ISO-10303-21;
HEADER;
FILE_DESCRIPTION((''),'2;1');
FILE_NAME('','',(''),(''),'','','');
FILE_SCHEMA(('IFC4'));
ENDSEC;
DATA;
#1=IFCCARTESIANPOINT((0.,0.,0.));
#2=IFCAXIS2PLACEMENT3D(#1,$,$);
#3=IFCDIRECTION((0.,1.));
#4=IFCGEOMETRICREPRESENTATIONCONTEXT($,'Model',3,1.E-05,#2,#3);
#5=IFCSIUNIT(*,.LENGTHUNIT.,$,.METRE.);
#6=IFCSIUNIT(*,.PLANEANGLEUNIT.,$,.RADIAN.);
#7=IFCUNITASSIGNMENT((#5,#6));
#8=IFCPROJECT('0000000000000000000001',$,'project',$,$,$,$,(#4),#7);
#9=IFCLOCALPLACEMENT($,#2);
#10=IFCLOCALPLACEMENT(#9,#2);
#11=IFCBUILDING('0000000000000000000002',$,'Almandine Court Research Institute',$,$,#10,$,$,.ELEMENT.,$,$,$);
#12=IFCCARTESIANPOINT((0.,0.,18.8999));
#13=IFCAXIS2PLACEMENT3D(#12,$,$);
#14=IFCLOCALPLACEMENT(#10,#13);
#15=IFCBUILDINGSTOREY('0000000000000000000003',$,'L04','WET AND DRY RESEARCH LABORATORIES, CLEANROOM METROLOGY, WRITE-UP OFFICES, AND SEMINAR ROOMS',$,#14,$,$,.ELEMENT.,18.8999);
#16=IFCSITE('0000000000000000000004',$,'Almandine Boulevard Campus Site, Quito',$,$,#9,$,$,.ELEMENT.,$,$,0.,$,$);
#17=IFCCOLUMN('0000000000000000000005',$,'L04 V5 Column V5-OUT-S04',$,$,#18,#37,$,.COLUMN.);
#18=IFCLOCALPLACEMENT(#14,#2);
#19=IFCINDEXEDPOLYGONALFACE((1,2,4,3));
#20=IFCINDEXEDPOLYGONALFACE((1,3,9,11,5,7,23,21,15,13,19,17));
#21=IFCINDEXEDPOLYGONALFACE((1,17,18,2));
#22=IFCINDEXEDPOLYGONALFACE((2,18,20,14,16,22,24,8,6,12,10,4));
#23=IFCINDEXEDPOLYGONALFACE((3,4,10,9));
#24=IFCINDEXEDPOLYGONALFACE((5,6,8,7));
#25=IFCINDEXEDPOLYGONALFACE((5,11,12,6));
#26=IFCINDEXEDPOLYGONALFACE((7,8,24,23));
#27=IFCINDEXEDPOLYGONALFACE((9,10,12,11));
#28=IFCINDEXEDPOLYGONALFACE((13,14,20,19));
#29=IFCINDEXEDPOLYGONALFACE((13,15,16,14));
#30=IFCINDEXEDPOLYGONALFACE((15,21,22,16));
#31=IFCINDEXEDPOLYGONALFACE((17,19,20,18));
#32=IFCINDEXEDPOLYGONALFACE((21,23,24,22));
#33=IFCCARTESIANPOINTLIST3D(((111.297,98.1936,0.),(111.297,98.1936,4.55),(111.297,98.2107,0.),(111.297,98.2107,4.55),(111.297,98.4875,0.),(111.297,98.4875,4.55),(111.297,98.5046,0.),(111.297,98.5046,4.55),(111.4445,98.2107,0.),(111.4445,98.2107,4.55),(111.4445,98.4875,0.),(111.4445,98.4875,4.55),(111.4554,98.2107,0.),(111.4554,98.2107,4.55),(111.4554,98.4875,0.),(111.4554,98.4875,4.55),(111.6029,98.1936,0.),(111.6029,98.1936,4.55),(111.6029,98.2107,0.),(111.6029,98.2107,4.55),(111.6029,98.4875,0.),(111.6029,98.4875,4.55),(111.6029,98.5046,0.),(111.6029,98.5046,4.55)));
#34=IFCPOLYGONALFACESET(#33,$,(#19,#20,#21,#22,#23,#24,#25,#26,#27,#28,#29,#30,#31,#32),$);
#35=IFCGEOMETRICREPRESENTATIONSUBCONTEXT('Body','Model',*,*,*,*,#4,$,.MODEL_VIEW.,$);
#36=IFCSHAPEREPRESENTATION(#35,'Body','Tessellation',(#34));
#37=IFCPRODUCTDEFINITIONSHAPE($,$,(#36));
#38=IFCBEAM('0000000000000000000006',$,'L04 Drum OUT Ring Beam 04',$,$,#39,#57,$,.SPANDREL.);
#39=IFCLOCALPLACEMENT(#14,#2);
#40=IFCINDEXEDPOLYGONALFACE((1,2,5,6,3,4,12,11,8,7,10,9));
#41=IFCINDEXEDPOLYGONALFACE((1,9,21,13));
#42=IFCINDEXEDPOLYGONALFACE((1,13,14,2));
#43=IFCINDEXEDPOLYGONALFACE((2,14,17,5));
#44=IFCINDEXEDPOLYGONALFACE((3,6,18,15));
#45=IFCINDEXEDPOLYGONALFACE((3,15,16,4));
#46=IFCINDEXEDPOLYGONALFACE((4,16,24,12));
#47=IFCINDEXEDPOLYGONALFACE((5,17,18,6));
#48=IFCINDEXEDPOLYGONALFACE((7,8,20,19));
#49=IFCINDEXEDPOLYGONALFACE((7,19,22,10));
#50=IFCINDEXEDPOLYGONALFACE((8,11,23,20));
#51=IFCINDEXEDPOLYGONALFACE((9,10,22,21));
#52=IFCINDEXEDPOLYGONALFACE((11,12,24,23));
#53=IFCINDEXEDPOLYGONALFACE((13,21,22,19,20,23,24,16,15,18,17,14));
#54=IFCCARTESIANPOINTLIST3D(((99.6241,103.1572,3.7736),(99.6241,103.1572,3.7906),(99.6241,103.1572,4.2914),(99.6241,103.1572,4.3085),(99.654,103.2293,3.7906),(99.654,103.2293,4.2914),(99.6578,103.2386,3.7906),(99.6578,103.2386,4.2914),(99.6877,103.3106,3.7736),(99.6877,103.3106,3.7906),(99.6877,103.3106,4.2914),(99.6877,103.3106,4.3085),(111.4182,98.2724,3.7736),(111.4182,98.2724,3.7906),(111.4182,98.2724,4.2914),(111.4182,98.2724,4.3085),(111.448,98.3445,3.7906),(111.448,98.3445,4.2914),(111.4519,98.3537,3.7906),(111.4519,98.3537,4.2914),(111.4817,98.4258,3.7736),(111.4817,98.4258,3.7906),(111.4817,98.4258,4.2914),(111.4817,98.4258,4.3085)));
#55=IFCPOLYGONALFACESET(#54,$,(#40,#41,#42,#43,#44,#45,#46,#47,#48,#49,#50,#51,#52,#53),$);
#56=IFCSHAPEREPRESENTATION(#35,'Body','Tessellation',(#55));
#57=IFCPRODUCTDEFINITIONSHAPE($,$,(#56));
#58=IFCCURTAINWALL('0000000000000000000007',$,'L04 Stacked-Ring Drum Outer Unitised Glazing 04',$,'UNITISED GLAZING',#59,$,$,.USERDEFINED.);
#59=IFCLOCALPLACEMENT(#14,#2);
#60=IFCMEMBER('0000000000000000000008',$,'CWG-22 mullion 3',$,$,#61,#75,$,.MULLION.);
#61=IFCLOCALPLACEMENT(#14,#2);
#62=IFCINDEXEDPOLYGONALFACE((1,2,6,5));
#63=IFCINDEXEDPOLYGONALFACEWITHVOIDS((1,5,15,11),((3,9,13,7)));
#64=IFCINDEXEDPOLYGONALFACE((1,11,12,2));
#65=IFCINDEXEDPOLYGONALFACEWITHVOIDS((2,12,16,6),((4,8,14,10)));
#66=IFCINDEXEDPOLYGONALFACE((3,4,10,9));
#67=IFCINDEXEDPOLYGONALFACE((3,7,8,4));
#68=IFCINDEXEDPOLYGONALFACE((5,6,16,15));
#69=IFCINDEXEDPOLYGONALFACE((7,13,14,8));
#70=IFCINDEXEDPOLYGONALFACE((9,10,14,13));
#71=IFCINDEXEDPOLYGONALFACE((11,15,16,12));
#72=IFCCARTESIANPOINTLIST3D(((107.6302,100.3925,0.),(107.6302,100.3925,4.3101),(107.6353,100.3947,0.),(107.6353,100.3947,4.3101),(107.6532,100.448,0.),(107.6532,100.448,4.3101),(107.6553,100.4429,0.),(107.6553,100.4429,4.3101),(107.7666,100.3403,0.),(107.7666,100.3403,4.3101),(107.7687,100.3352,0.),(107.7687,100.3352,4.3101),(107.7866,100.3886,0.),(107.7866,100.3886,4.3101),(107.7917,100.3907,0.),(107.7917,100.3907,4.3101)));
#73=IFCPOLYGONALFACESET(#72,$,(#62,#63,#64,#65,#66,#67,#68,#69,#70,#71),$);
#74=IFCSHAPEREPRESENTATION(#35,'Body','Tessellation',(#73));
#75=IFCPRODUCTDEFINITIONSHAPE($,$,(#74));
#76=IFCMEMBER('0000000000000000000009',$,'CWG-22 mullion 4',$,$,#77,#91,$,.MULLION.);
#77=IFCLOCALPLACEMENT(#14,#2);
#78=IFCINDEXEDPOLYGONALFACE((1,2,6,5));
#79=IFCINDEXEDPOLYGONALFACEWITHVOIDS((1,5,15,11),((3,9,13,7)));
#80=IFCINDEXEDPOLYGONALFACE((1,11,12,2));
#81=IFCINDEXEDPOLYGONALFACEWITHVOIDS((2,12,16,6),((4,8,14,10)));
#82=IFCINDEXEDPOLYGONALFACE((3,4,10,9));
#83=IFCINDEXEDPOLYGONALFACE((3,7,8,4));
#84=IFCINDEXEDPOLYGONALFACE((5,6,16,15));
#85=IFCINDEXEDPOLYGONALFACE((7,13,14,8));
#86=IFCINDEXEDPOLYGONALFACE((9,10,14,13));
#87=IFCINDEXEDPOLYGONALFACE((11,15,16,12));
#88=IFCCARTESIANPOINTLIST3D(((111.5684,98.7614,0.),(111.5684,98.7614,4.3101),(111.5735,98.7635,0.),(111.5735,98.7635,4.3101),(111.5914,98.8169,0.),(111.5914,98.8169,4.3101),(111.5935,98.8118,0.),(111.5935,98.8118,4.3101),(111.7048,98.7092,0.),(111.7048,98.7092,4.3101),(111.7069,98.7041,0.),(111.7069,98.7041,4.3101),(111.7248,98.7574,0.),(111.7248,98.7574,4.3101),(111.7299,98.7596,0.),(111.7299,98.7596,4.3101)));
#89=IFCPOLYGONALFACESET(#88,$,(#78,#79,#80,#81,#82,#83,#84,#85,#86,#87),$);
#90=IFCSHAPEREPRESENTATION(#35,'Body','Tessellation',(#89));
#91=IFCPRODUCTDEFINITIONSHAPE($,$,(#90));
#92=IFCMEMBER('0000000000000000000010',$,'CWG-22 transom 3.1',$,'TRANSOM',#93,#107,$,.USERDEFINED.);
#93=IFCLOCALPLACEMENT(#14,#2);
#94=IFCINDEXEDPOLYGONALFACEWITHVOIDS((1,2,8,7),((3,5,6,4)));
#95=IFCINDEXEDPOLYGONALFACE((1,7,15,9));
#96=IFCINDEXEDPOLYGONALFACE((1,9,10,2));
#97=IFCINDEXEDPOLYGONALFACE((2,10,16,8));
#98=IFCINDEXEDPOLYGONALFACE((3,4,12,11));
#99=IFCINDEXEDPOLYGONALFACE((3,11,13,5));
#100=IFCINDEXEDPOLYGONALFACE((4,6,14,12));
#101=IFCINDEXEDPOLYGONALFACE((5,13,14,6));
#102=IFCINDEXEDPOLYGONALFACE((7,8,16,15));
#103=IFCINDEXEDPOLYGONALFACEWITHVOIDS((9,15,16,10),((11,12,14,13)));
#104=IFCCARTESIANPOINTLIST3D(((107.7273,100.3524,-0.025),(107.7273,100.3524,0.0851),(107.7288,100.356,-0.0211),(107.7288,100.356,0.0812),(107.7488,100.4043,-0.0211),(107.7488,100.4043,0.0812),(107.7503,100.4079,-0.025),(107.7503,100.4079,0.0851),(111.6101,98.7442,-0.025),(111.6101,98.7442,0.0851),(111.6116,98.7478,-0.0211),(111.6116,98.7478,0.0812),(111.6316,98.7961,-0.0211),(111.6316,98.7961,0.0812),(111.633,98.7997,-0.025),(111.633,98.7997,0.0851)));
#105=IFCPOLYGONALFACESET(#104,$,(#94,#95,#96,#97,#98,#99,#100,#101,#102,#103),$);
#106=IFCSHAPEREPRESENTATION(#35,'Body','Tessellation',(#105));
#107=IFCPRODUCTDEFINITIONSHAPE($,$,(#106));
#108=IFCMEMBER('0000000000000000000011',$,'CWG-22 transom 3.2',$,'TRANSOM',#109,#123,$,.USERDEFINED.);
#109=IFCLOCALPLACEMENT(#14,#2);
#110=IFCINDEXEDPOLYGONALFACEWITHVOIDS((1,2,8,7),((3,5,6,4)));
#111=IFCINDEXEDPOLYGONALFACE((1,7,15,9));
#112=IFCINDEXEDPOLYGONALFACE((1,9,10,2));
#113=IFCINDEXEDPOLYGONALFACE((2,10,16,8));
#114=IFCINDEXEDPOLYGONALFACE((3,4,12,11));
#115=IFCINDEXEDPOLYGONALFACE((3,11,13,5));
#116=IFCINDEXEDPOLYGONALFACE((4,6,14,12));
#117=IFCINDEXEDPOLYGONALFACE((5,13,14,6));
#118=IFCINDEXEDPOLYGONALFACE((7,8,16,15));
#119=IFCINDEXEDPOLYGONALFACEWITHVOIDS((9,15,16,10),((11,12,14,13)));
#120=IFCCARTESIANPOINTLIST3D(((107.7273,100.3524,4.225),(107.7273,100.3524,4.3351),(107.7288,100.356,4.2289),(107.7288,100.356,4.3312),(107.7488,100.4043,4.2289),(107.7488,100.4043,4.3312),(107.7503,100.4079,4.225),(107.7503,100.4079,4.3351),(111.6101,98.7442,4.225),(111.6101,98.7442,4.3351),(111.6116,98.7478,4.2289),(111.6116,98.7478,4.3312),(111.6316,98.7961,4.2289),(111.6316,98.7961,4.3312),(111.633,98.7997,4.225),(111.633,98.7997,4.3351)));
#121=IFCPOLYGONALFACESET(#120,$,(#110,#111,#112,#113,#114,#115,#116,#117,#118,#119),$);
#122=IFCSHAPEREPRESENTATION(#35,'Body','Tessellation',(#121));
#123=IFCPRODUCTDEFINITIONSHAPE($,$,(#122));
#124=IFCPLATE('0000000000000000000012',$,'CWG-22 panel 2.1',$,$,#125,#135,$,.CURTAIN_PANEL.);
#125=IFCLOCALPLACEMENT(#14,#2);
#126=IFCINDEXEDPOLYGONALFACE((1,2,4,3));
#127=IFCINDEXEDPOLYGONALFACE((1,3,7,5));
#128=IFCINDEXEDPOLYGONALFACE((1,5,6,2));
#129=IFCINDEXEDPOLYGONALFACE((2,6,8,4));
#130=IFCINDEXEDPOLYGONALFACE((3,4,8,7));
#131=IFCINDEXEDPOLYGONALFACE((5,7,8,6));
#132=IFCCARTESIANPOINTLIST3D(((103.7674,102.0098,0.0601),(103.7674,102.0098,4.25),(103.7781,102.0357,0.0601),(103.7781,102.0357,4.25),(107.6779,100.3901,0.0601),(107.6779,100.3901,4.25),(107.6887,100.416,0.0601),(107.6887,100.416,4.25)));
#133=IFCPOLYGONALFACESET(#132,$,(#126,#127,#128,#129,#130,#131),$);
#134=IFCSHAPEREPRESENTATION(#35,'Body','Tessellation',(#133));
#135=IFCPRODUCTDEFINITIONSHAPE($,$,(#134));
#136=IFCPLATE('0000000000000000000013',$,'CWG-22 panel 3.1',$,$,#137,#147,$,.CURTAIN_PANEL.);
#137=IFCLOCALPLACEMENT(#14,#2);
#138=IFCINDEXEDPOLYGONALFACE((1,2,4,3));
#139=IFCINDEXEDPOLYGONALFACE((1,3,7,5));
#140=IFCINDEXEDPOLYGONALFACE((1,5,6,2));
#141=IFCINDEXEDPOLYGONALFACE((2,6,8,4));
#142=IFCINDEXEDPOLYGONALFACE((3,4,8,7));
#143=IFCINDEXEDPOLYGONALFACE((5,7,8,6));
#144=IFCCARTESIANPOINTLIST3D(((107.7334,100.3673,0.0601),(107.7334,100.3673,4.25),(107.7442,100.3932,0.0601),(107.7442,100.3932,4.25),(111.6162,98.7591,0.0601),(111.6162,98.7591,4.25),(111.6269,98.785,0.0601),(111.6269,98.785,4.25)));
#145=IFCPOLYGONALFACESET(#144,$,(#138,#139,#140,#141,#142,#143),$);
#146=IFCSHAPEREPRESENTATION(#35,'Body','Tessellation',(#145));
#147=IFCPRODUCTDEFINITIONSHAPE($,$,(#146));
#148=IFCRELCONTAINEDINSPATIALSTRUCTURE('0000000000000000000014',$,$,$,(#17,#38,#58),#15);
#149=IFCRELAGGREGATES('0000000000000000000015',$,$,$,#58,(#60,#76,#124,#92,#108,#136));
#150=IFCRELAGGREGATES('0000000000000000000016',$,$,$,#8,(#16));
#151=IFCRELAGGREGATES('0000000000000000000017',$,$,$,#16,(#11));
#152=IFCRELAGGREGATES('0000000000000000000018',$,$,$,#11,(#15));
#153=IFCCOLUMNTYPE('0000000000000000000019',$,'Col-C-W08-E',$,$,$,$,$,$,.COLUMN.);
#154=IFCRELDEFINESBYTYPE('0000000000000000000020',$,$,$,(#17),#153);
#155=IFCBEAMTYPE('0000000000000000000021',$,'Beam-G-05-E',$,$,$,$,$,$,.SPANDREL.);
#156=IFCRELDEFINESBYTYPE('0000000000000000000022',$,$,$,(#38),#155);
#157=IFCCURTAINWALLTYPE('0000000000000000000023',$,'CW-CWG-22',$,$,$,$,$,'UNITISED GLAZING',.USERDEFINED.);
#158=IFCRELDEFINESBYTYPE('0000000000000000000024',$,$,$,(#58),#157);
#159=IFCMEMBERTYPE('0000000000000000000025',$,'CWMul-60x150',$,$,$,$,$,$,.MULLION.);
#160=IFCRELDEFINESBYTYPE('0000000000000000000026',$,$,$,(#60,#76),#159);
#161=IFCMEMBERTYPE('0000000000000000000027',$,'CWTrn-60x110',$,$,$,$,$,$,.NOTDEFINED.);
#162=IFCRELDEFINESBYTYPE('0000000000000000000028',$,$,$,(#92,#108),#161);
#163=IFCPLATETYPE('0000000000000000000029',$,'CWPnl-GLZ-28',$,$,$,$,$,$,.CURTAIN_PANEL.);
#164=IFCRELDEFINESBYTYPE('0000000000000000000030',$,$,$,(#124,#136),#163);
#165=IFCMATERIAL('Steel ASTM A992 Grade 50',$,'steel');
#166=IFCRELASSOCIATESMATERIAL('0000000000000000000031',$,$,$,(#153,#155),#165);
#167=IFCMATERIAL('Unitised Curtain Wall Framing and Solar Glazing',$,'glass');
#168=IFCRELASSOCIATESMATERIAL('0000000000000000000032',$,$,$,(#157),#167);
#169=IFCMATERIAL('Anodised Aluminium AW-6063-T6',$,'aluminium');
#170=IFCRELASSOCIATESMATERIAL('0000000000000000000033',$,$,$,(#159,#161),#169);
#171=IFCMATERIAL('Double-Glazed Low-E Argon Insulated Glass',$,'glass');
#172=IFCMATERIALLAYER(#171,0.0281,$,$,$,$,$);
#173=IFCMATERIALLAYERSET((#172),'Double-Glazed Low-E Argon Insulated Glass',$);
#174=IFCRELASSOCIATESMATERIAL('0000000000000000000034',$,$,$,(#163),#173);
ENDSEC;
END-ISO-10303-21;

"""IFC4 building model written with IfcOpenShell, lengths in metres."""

from ifc_helpers import new_model, si_unit, direction, frame, origin, origin_2d, place, context, subcontext, project, spatial, rectangle, hollow_rectangle, i_section, extrude, material, layer, layer_set, material_profile, profile_set, type_object, element, aggregate, save


model = new_model("IFC4")

# Units and contexts
model_context = context("Model", 3, precision=1e-05, world=origin(), true_north=direction((0.0, 1.0)))
body_context = subcontext(model_context, "Body", "Model", "MODEL_VIEW")
ifc_project = project(units=[si_unit("LENGTHUNIT", "METRE"), si_unit("PLANEANGLEUNIT", "RADIAN")], contexts=[model_context])

# Site, building, storey
site_placement = place(None, origin())
site = spatial("IfcSite", under=ifc_project, at=site_placement, Name="Almandine Boulevard Campus Site, Quito", CompositionType="ELEMENT", RefElevation=0.0)
building_placement = place(site_placement, origin())
building = spatial("IfcBuilding", under=site, at=building_placement, Name="Almandine Court Research Institute", CompositionType="ELEMENT")
storey_placement = place(building_placement, frame((0.0, 0.0, 18.8999)))
storey = spatial("IfcBuildingStorey", under=building, at=storey_placement, Name="L04", Description="WET AND DRY RESEARCH LABORATORIES, CLEANROOM METROLOGY, WRITE-UP OFFICES, AND SEMINAR ROOMS", CompositionType="ELEMENT", Elevation=18.8999)

# Column
ifc_material_1 = material(Name="Steel ASTM A992 Grade 50", Category="steel")
ifc_material_profile_1 = material_profile(ifc_material_1, i_section(OverallWidth=0.3059, OverallDepth=0.311, WebThickness=0.011, FlangeThickness=0.0171, at=origin_2d()), Name="W310x107")
ifc_profile_set_1 = profile_set([ifc_material_profile_1], Name="Steel ASTM A992 Grade 50")
column_type = type_object("IfcColumnType", Name="Col-C-W08-E", PredefinedType="COLUMN", material=ifc_profile_set_1)
column_placement = place(storey_placement, frame((111.45, 98.3491, 0.0), z_axis=(0.0, 0.0, 1.0), x_axis=(1.0, 0.0, 0.0)))
element("IfcColumn", 1, at=column_placement, inside=storey, type_object=column_type, Name="L04 V5 Column V5-OUT-S04", PredefinedType="COLUMN", context=body_context, shape_type="SweptSolid", body=[
    extrude(i_section(OverallWidth=0.3059, OverallDepth=0.311, WebThickness=0.011, FlangeThickness=0.0171, at=origin_2d()), origin(), (0.0, 0.0, 1.0), 4.55),
])

# Beam
ifc_material_profile_2 = material_profile(ifc_material_1, i_section(OverallWidth=0.166, OverallDepth=0.5349, WebThickness=0.01, FlangeThickness=0.0171, at=origin_2d()), Name="W530x85")
ifc_profile_set_2 = profile_set([ifc_material_profile_2], Name="Steel ASTM A992 Grade 50")
beam_type = type_object("IfcBeamType", Name="Beam-G-05-E", PredefinedType="SPANDREL", material=ifc_profile_set_2)
beam_placement = place(storey_placement, frame((111.45, 98.3491, 4.041), z_axis=(-0.923892, 0.382654, 0.0), x_axis=(-0.382654, -0.923892, 0.0)))
element("IfcBeam", 2, at=beam_placement, inside=storey, type_object=beam_type, Name="L04 Drum OUT Ring Beam 04", PredefinedType="SPANDREL", context=body_context, shape_type="SweptSolid", body=[
    extrude(i_section(OverallWidth=0.166, OverallDepth=0.5349, WebThickness=0.01, FlangeThickness=0.0171, at=origin_2d()), origin(), (0.0, 0.0, 1.0), 12.7656),
])

# Curtain wall, members, plates
ifc_material_2 = material(Name="Unitised Curtain Wall Framing and Solar Glazing", Category="glass")
curtain_wall_type = type_object("IfcCurtainWallType", Name="CW-CWG-22", ElementType="UNITISED GLAZING", PredefinedType="USERDEFINED", material=ifc_material_2)
curtain_wall_placement = place(storey_placement, origin())
curtain_wall = element("IfcCurtainWall", 3, at=curtain_wall_placement, inside=storey, type_object=curtain_wall_type, Name="L04 Stacked-Ring Drum Outer Unitised Glazing 04", ObjectType="UNITISED GLAZING", PredefinedType="USERDEFINED")
ifc_material_3 = material(Name="Anodised Aluminium AW-6063-T6", Category="aluminium")
ifc_material_profile_3 = material_profile(ifc_material_3, hollow_rectangle(XDim=0.0601, YDim=0.1499, WallThickness=0.0039, at=origin_2d()), Name="ALU RHS 60x150x4")
ifc_profile_set_3 = profile_set([ifc_material_profile_3], Name="Anodised Aluminium AW-6063-T6")
member_type_1 = type_object("IfcMemberType", Name="CWMul-60x150", PredefinedType="MULLION", material=ifc_profile_set_3)
member_1_placement = place(storey_placement, frame((107.7109, 100.3916, 0.0), z_axis=(0.0, 0.0, 1.0), x_axis=(0.382663, 0.923888, 0.0)))
member_1 = element("IfcMember", 4, at=member_1_placement, type_object=member_type_1, Name="CWG-22 mullion 3", PredefinedType="MULLION", context=body_context, shape_type="SweptSolid", body=[
    extrude(hollow_rectangle(XDim=0.0601, YDim=0.1499, WallThickness=0.0039, at=origin_2d()), origin(), (0.0, 0.0, 1.0), 4.3101),
])
member_2_placement = place(storey_placement, frame((111.6492, 98.7605, 0.0), z_axis=(0.0, 0.0, 1.0), x_axis=(0.382663, 0.923888, 0.0)))
member_2 = element("IfcMember", 5, at=member_2_placement, type_object=member_type_1, Name="CWG-22 mullion 4", PredefinedType="MULLION", context=body_context, shape_type="SweptSolid", body=[
    extrude(hollow_rectangle(XDim=0.0601, YDim=0.1499, WallThickness=0.0039, at=origin_2d()), origin(), (0.0, 0.0, 1.0), 4.3101),
])
ifc_material_profile_4 = material_profile(ifc_material_3, hollow_rectangle(XDim=0.0601, YDim=0.1101, WallThickness=0.0039, at=origin_2d()), Name="ALU RHS 60x110x4")
ifc_profile_set_4 = profile_set([ifc_material_profile_4], Name="Anodised Aluminium AW-6063-T6")
member_type_2 = type_object("IfcMemberType", Name="CWTrn-60x110", PredefinedType="NOTDEFINED", material=ifc_profile_set_4)
member_3_placement = place(storey_placement, frame((107.7388, 100.3801, 0.03), z_axis=(0.923893, -0.382651, 0.0), x_axis=(0.382651, 0.923893, 0.0)))
member_3 = element("IfcMember", 6, at=member_3_placement, type_object=member_type_2, Name="CWG-22 transom 3.1", ObjectType="TRANSOM", PredefinedType="USERDEFINED", context=body_context, shape_type="SweptSolid", body=[
    extrude(hollow_rectangle(XDim=0.0601, YDim=0.1101, WallThickness=0.0039, at=origin_2d()), origin(), (0.0, 0.0, 1.0), 4.2026),
])
member_4_placement = place(storey_placement, frame((107.7388, 100.3801, 4.28), z_axis=(0.923893, -0.382651, 0.0), x_axis=(0.382651, 0.923893, 0.0)))
member_4 = element("IfcMember", 7, at=member_4_placement, type_object=member_type_2, Name="CWG-22 transom 3.2", ObjectType="TRANSOM", PredefinedType="USERDEFINED", context=body_context, shape_type="SweptSolid", body=[
    extrude(hollow_rectangle(XDim=0.0601, YDim=0.1101, WallThickness=0.0039, at=origin_2d()), origin(), (0.0, 0.0, 1.0), 4.2026),
])
ifc_material_4 = material(Name="Double-Glazed Low-E Argon Insulated Glass", Category="glass")
ifc_layer_1 = layer(ifc_material_4, 0.0281)
ifc_layer_set_1 = layer_set([ifc_layer_1], Name="Double-Glazed Low-E Argon Insulated Glass")
plate_type = type_object("IfcPlateType", Name="CWPnl-GLZ-28", PredefinedType="CURTAIN_PANEL", material=ifc_layer_set_1)
plate_1_placement = place(storey_placement, frame((105.728, 101.2129, 0.0601), z_axis=(0.0, 0.0, 1.0), x_axis=(0.923888, -0.382663, 0.0)))
plate_1 = element("IfcPlate", 8, at=plate_1_placement, type_object=plate_type, Name="CWG-22 panel 2.1", PredefinedType="CURTAIN_PANEL", context=body_context, shape_type="SweptSolid", body=[
    extrude(rectangle(XDim=4.2327, YDim=0.0281, at=origin_2d()), origin(), (0.0, 0.0, 1.0), 4.1899),
])
plate_2_placement = place(storey_placement, frame((109.6802, 99.5762, 0.0601), z_axis=(0.0, 0.0, 1.0), x_axis=(0.923888, -0.382663, 0.0)))
plate_2 = element("IfcPlate", 9, at=plate_2_placement, type_object=plate_type, Name="CWG-22 panel 3.1", PredefinedType="CURTAIN_PANEL", context=body_context, shape_type="SweptSolid", body=[
    extrude(rectangle(XDim=4.2026, YDim=0.0281, at=origin_2d()), origin(), (0.0, 0.0, 1.0), 4.1899),
])
aggregate(curtain_wall, [member_1, member_2, plate_1, member_3, member_4, plate_2])

save(model, "model.ifc")
